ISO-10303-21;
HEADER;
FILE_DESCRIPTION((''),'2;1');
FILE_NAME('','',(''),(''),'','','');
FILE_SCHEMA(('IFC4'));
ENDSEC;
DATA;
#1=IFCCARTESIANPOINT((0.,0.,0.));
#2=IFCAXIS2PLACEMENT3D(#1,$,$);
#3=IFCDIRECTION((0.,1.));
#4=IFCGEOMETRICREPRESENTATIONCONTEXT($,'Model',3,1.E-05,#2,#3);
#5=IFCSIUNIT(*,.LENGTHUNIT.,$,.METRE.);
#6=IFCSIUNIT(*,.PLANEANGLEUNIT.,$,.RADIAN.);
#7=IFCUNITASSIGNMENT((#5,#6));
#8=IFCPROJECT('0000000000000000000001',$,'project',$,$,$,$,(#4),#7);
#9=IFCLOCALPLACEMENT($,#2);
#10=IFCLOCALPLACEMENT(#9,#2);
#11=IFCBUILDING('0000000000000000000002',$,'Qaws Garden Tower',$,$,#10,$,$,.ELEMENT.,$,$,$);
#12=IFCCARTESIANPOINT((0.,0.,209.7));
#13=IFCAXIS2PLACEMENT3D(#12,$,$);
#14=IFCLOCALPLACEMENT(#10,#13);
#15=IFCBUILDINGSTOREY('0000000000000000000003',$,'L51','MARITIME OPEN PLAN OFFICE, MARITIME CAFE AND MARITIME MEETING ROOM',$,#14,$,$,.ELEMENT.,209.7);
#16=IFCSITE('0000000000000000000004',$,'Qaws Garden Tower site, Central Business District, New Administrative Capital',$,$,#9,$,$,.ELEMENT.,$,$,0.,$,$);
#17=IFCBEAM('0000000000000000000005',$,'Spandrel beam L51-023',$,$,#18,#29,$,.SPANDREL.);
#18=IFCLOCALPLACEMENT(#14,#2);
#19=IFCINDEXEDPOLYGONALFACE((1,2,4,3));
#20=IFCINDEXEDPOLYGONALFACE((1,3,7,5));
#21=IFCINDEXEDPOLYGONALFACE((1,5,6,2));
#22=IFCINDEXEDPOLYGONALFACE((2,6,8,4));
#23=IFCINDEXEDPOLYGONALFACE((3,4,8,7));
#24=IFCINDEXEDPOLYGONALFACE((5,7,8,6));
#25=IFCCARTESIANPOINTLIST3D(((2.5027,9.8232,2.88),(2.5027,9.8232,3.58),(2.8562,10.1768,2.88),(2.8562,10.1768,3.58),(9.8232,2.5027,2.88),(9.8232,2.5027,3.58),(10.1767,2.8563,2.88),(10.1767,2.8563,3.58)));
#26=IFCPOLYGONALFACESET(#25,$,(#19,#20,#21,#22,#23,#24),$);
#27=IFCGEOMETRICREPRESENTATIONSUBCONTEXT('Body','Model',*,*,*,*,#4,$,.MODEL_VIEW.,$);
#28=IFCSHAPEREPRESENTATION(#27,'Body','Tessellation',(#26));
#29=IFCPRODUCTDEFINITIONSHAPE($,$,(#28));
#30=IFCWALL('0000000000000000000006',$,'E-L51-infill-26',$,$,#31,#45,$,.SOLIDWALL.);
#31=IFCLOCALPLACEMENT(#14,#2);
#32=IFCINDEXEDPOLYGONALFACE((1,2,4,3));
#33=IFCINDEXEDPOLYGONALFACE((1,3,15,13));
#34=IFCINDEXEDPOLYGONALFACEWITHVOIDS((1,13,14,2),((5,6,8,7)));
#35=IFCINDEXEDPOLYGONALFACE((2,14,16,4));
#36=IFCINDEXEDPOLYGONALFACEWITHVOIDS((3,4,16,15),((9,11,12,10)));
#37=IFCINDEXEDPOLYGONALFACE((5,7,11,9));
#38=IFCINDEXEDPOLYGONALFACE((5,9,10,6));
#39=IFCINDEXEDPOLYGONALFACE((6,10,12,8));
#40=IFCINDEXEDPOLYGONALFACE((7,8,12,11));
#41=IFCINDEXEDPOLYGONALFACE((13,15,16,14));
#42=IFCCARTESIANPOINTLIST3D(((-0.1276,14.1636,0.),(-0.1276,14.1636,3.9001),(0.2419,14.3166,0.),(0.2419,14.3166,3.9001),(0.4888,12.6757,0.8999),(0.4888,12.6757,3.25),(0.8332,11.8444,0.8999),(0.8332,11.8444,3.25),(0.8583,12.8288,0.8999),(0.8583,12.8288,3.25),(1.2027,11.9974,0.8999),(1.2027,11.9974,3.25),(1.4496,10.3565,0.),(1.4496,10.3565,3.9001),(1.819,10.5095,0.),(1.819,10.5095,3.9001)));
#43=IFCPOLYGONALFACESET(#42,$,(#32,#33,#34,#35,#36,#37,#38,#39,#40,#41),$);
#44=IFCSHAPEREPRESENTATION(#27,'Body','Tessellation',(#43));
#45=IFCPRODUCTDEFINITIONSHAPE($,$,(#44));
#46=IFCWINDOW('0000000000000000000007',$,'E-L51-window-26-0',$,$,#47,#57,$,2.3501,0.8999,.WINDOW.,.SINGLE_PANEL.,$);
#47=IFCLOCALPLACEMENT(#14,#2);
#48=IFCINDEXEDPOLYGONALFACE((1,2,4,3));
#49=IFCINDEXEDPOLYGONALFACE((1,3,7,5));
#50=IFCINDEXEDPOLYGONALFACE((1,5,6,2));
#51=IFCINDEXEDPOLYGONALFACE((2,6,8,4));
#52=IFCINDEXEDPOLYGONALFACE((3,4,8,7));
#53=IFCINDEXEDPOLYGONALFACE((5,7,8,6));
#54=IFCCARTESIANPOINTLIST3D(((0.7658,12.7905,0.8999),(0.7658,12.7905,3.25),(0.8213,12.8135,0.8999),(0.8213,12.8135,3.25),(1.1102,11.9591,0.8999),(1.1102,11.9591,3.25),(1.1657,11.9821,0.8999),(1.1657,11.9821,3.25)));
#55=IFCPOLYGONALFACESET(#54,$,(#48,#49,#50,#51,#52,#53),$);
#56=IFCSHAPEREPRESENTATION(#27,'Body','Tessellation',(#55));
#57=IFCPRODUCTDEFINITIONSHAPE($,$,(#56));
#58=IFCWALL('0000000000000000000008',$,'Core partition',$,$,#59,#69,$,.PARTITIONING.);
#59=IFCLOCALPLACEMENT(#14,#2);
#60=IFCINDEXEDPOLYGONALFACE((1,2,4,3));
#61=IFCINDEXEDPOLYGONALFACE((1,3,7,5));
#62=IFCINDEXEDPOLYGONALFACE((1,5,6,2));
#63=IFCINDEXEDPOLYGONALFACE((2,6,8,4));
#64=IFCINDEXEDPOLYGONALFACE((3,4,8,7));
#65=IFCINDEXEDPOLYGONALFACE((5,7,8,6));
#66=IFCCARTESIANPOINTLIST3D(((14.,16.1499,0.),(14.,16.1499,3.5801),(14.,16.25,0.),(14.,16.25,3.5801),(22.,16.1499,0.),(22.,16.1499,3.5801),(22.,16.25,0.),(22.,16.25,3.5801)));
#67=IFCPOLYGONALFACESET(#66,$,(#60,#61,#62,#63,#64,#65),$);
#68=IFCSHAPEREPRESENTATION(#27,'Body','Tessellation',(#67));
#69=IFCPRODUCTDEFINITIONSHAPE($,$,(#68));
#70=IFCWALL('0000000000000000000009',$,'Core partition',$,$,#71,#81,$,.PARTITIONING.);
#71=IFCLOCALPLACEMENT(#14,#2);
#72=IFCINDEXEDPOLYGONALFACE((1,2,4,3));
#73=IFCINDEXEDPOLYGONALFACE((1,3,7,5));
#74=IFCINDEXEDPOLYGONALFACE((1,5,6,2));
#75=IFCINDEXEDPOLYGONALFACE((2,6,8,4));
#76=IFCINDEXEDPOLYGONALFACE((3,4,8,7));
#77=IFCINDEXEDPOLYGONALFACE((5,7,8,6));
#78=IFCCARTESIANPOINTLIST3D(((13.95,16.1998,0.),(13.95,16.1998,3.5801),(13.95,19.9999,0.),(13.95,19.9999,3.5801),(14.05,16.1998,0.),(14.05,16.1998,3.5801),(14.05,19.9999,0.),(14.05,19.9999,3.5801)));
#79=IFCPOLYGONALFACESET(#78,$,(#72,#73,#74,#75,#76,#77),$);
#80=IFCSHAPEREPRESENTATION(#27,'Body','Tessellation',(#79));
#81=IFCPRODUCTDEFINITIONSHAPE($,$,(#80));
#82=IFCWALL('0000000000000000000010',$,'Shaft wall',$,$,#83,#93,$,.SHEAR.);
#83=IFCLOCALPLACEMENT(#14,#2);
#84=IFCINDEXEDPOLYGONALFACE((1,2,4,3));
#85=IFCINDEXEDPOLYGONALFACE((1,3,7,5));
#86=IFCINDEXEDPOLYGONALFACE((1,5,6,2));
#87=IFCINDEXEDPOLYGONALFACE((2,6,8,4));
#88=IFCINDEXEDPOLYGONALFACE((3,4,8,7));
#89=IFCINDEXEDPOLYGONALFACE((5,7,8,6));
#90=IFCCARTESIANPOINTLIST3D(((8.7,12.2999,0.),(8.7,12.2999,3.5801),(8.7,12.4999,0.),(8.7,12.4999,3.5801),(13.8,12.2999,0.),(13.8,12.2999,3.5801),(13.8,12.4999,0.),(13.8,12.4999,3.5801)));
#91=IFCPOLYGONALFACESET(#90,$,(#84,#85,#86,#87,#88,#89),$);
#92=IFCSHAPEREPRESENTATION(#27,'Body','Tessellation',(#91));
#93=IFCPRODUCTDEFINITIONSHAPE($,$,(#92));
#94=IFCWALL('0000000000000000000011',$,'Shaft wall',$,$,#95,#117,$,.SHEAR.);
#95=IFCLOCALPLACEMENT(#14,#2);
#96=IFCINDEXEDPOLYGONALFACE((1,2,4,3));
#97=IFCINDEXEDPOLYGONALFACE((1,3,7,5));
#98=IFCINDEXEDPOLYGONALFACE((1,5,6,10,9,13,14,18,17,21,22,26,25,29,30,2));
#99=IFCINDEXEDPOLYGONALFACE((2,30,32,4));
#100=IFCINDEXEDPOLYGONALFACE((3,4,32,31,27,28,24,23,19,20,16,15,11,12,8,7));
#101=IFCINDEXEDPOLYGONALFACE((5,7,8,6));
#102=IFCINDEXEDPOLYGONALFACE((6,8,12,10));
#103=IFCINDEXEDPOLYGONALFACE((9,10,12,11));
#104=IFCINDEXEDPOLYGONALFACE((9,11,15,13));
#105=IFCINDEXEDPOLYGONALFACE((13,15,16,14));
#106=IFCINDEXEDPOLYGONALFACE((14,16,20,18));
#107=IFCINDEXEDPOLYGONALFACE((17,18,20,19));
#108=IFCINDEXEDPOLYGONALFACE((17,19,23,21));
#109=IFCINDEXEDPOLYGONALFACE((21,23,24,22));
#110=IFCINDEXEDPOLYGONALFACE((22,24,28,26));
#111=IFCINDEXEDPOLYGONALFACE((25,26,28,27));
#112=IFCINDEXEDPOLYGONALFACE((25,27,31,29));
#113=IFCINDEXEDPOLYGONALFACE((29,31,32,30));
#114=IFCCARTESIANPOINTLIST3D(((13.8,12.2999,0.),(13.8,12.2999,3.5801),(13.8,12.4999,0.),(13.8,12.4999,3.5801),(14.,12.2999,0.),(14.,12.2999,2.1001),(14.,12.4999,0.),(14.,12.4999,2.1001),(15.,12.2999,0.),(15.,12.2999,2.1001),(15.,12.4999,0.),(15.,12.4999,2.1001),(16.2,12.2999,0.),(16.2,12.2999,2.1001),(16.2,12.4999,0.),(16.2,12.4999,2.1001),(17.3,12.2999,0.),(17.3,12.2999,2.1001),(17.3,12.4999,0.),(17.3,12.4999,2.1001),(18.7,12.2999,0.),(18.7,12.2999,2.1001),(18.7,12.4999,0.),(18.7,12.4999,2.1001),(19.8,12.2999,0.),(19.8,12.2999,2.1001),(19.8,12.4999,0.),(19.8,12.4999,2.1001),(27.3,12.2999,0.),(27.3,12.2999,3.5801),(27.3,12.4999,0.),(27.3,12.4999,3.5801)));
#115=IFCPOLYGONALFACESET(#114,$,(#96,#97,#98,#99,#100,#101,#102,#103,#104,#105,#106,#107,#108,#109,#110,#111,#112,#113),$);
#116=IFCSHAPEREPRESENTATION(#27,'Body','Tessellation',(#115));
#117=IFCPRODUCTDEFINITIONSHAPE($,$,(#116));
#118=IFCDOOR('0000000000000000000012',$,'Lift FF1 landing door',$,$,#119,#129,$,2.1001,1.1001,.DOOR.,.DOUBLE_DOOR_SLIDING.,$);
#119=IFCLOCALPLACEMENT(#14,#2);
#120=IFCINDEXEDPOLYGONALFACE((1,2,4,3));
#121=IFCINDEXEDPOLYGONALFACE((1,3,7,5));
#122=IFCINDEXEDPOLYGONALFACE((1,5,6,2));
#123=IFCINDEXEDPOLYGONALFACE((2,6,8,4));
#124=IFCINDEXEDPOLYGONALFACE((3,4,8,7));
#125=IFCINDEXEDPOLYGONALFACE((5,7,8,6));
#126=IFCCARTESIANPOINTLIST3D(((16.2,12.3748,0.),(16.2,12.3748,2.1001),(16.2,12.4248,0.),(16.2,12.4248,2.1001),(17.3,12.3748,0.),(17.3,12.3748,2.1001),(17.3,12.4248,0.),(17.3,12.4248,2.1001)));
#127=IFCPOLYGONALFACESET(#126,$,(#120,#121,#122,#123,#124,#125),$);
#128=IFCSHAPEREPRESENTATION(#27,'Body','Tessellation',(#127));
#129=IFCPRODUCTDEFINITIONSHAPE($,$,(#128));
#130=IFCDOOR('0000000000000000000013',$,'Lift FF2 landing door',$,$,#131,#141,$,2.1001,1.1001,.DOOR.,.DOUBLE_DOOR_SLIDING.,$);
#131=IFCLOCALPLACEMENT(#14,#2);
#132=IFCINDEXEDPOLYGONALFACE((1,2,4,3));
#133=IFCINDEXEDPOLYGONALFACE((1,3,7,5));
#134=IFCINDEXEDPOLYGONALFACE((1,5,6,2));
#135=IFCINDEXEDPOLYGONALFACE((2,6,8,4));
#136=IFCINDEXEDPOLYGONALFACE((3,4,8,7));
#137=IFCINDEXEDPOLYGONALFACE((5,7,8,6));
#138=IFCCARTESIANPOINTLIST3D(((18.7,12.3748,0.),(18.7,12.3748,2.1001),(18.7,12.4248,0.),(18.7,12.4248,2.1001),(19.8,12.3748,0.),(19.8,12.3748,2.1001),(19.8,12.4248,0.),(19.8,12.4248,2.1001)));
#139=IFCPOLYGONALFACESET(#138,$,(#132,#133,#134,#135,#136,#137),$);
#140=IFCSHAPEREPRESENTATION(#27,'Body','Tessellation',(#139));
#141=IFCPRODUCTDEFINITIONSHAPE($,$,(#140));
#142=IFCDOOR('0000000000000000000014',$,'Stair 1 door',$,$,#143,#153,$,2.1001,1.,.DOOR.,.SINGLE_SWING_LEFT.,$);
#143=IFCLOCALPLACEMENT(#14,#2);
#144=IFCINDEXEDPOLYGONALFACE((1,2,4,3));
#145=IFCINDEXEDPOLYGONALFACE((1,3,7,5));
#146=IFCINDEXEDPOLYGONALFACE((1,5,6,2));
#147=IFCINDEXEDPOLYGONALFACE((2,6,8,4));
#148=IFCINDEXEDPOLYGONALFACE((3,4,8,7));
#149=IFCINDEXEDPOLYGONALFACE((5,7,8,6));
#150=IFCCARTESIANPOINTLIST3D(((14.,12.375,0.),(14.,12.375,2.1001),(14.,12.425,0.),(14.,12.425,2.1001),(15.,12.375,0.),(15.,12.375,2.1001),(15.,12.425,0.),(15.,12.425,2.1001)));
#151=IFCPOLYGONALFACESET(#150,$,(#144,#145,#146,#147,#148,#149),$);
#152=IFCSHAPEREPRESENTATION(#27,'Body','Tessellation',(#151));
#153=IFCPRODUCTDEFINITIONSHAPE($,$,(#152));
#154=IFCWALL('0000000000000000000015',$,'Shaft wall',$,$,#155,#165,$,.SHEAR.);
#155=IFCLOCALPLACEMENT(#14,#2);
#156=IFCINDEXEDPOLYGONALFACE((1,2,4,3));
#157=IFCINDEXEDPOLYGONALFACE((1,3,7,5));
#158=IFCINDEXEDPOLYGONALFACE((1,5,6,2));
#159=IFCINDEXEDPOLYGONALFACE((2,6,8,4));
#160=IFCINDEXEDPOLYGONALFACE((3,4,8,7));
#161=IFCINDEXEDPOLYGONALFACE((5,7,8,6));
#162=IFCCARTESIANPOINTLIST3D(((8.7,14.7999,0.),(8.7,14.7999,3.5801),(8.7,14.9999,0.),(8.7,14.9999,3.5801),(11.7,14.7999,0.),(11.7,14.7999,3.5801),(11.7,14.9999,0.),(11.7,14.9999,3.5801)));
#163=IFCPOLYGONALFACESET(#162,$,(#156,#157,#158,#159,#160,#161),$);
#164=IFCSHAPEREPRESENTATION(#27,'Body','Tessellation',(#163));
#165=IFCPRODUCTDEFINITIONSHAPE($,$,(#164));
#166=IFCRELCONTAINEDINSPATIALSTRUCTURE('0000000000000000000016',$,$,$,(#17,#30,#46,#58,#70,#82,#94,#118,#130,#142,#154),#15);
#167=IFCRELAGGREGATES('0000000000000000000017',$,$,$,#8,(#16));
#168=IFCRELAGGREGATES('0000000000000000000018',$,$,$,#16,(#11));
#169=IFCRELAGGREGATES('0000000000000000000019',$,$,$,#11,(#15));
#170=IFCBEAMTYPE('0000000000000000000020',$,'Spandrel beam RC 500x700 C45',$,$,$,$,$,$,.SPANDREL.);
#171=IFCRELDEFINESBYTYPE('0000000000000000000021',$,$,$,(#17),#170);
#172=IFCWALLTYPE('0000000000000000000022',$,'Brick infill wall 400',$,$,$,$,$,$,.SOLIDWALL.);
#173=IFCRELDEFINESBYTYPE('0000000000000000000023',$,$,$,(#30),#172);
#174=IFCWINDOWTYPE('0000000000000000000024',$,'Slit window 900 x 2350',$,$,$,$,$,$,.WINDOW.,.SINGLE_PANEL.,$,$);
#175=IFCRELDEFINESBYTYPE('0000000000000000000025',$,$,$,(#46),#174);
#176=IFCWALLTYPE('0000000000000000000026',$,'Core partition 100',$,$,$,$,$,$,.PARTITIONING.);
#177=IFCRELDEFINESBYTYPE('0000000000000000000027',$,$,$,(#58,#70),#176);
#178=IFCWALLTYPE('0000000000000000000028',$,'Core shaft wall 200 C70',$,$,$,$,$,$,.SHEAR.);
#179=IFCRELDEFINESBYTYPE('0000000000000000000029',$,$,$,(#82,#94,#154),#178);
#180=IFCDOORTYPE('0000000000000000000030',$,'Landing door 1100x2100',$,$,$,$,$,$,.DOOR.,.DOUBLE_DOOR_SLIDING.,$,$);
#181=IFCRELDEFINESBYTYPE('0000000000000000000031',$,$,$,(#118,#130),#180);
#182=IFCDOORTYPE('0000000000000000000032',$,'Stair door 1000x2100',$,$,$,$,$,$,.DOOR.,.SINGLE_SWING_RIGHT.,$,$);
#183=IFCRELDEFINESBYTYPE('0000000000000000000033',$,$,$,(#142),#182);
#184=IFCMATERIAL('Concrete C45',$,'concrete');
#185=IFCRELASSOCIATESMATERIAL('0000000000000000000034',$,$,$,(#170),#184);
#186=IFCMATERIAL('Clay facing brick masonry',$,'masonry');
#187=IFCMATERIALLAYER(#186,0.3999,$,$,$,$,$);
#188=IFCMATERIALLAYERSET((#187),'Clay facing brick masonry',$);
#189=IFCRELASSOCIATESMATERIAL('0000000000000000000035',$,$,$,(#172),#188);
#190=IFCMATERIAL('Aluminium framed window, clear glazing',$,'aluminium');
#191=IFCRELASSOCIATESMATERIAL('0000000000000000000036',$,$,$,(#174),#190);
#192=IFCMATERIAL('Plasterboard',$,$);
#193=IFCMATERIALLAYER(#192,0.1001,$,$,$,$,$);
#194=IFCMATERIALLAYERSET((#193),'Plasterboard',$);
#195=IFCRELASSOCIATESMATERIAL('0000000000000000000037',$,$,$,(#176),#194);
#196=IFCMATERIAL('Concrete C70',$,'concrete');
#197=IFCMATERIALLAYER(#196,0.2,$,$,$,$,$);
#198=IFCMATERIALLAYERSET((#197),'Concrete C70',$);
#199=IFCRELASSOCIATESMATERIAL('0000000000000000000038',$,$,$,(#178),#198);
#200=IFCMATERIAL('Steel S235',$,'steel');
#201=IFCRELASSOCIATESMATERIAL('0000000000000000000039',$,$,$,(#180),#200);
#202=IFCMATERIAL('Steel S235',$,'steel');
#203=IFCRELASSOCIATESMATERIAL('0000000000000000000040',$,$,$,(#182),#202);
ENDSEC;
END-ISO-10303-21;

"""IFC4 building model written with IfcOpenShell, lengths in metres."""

from ifc_helpers import new_model, si_unit, direction, frame, frame_2d, origin, origin_2d, place, context, subcontext, project, spatial, rectangle, extrude, material, layer, layer_set, material_profile, profile_set, type_object, element, fill, save


model = new_model("IFC4")

# Units and contexts
model_context = context("Model", 3, precision=1e-05, world=origin(), true_north=direction((0.0, 1.0)))
body_context = subcontext(model_context, "Body", "Model", "MODEL_VIEW")
ifc_project = project(units=[si_unit("LENGTHUNIT", "METRE"), si_unit("PLANEANGLEUNIT", "RADIAN")], contexts=[model_context])

# Site, building, storey
site_placement = place(None, origin())
site = spatial("IfcSite", under=ifc_project, at=site_placement, Name="Qaws Garden Tower site, Central Business District, New Administrative Capital", CompositionType="ELEMENT", RefElevation=0.0)
building_placement = place(site_placement, origin())
building = spatial("IfcBuilding", under=site, at=building_placement, Name="Qaws Garden Tower", CompositionType="ELEMENT")
storey_placement = place(building_placement, frame((0.0, 0.0, 209.7)))
storey = spatial("IfcBuildingStorey", under=building, at=storey_placement, Name="L51", Description="MARITIME OPEN PLAN OFFICE, MARITIME CAFE AND MARITIME MEETING ROOM", CompositionType="ELEMENT", Elevation=209.7)

# Beam
ifc_material_1 = material(Name="Concrete C45", Category="concrete")
ifc_material_profile = material_profile(ifc_material_1, rectangle(XDim=0.5, YDim=0.7, at=origin_2d()), Name="RC 500x700")
ifc_profile_set = profile_set([ifc_material_profile], Name="Concrete C45")
beam_type = type_object("IfcBeamType", Name="Spandrel beam RC 500x700 C45", PredefinedType="SPANDREL", material=ifc_profile_set)
beam_placement = place(storey_placement, frame((2.6794, 10.0, 3.23), z_axis=(0.707107, -0.707107, 0.0), x_axis=(0.707107, 0.707107, 0.0)))
element("IfcBeam", 1, at=beam_placement, inside=storey, type_object=beam_type, Name="Spandrel beam L51-023", PredefinedType="SPANDREL", context=body_context, shape_type="SweptSolid", body=[
    extrude(rectangle(XDim=0.5, YDim=0.7, at=origin_2d()), origin(), (0.0, 0.0, 1.0), 10.3528),
])

# Wall, opening, window
ifc_material_2 = material(Name="Clay facing brick masonry", Category="masonry")
ifc_layer_1 = layer(ifc_material_2, 0.3999)
ifc_layer_set_1 = layer_set([ifc_layer_1], Name="Clay facing brick masonry")
wall_type_1 = type_object("IfcWallType", Name="Brick infill wall 400", PredefinedType="SOLIDWALL", material=ifc_layer_set_1)
wall_1_placement = place(storey_placement, frame((0.0571, 14.2402, 0.0), z_axis=(0.0, 0.0, 1.0), x_axis=(0.382722, -0.923864, 0.0)))
wall_1 = element("IfcWall", 2, at=wall_1_placement, inside=storey, type_object=wall_type_1, Name="E-L51-infill-26", PredefinedType="SOLIDWALL", context=body_context, shape_type="SweptSolid", body=[
    extrude(rectangle(XDim=4.1208, YDim=0.3999, at=frame_2d((2.0605, 0.0))), origin(), (0.0, 0.0, 1.0), 3.9001),
])
opening_1_placement = place(wall_1_placement, frame((1.6106, 0.0, 0.8999)))
opening_1 = element("IfcOpeningElement", 3, at=opening_1_placement, cuts=wall_1, PredefinedType="OPENING", context=body_context, shape_type="SweptSolid", body=[
    extrude(rectangle(XDim=0.8999, YDim=2.3501, at=frame_2d((0.45, 1.175))), frame((0.0, 0.21, 0.0), z_axis=(0.0, -1.0, 0.0), x_axis=(1.0, 0.0, 0.0)), (0.0, 0.0, 1.0), 0.4199),
])
ifc_material_3 = material(Name="Aluminium framed window, clear glazing", Category="aluminium")
window_type = type_object("IfcWindowType", Name="Slit window 900 x 2350", PartitioningType="SINGLE_PANEL", PredefinedType="WINDOW", material=ifc_material_3)
window_placement = place(opening_1_placement, origin())
window = element("IfcWindow", 4, at=window_placement, inside=storey, type_object=window_type, Name="E-L51-window-26-0", OverallHeight=2.3501, OverallWidth=0.8999, PartitioningType="SINGLE_PANEL", PredefinedType="WINDOW", context=body_context, shape_type="SweptSolid", body=[
    extrude(rectangle(XDim=0.8999, YDim=2.3501, at=frame_2d((0.45, 1.175))), frame((0.0, 0.1599, 0.0), z_axis=(0.0, -1.0, 0.0), x_axis=(1.0, 0.0, 0.0)), (0.0, 0.0, 1.0), 0.0601),
])
fill(opening_1, window)

# Walls
ifc_material_4 = material(Name="Plasterboard")
ifc_layer_2 = layer(ifc_material_4, 0.1001)
ifc_layer_set_2 = layer_set([ifc_layer_2], Name="Plasterboard")
wall_type_2 = type_object("IfcWallType", Name="Core partition 100", PredefinedType="PARTITIONING", material=ifc_layer_set_2)
wall_2_placement = place(storey_placement, frame((14.0, 16.2, 0.0), z_axis=(0.0, 0.0, 1.0), x_axis=(1.0, 0.0, 0.0)))
element("IfcWall", 5, at=wall_2_placement, inside=storey, type_object=wall_type_2, Name="Core partition", PredefinedType="PARTITIONING", context=body_context, shape_type="SweptSolid", body=[
    extrude(rectangle(XDim=8.0, YDim=0.1001, at=frame_2d((4.0, 0.0))), origin(), (0.0, 0.0, 1.0), 3.5801),
])
wall_3_placement = place(storey_placement, frame((14.0, 16.2, 0.0), z_axis=(0.0, 0.0, 1.0), x_axis=(0.0, 1.0, 0.0)))
element("IfcWall", 6, at=wall_3_placement, inside=storey, type_object=wall_type_2, Name="Core partition", PredefinedType="PARTITIONING", context=body_context, shape_type="SweptSolid", body=[
    extrude(rectangle(XDim=3.8, YDim=0.1001, at=frame_2d((1.8999, 0.0))), origin(), (0.0, 0.0, 1.0), 3.5801),
])
ifc_material_5 = material(Name="Concrete C70", Category="concrete")
ifc_layer_3 = layer(ifc_material_5, 0.2)
ifc_layer_set_3 = layer_set([ifc_layer_3], Name="Concrete C70")
wall_type_3 = type_object("IfcWallType", Name="Core shaft wall 200 C70", PredefinedType="SHEAR", material=ifc_layer_set_3)
wall_4_placement = place(storey_placement, frame((8.7, 12.3999, 0.0), z_axis=(0.0, 0.0, 1.0), x_axis=(1.0, 0.0, 0.0)))
element("IfcWall", 7, at=wall_4_placement, inside=storey, type_object=wall_type_3, Name="Shaft wall", PredefinedType="SHEAR", context=body_context, shape_type="SweptSolid", body=[
    extrude(rectangle(XDim=5.1001, YDim=0.2, at=frame_2d((2.55, 0.0))), origin(), (0.0, 0.0, 1.0), 3.5801),
])

# Wall, openings, doors
wall_5_placement = place(storey_placement, frame((13.8, 12.3999, 0.0), z_axis=(0.0, 0.0, 1.0), x_axis=(1.0, 0.0, 0.0)))
wall_5 = element("IfcWall", 8, at=wall_5_placement, inside=storey, type_object=wall_type_3, Name="Shaft wall", PredefinedType="SHEAR", context=body_context, shape_type="SweptSolid", body=[
    extrude(rectangle(XDim=13.5, YDim=0.2, at=frame_2d((6.75, 0.0))), origin(), (0.0, 0.0, 1.0), 3.5801),
])
opening_2_placement = place(wall_5_placement, frame((2.3999, 0.0, 0.0)))
opening_2 = element("IfcOpeningElement", 9, at=opening_2_placement, cuts=wall_5, PredefinedType="OPENING", context=body_context, shape_type="SweptSolid", body=[
    extrude(rectangle(XDim=1.1001, YDim=2.1001, at=frame_2d((0.55, 1.05))), frame((0.0, 0.1099, 0.0), z_axis=(0.0, -1.0, 0.0), x_axis=(1.0, 0.0, 0.0)), (0.0, 0.0, 1.0), 0.22),
])
opening_3_placement = place(wall_5_placement, frame((4.8999, 0.0, 0.0)))
opening_3 = element("IfcOpeningElement", 10, at=opening_3_placement, cuts=wall_5, PredefinedType="OPENING", context=body_context, shape_type="SweptSolid", body=[
    extrude(rectangle(XDim=1.1001, YDim=2.1001, at=frame_2d((0.55, 1.05))), frame((0.0, 0.1099, 0.0), z_axis=(0.0, -1.0, 0.0), x_axis=(1.0, 0.0, 0.0)), (0.0, 0.0, 1.0), 0.22),
])
opening_4_placement = place(wall_5_placement, frame((0.2, 0.0, 0.0)))
opening_4 = element("IfcOpeningElement", 11, at=opening_4_placement, cuts=wall_5, PredefinedType="OPENING", context=body_context, shape_type="SweptSolid", body=[
    extrude(rectangle(XDim=1.0, YDim=2.1001, at=frame_2d((0.5, 1.05))), frame((0.0, 0.1099, 0.0), z_axis=(0.0, -1.0, 0.0), x_axis=(1.0, 0.0, 0.0)), (0.0, 0.0, 1.0), 0.22),
])
ifc_material_6 = material(Name="Steel S235", Category="steel")
door_type_1 = type_object("IfcDoorType", Name="Landing door 1100x2100", OperationType="DOUBLE_DOOR_SLIDING", PredefinedType="DOOR", material=ifc_material_6)
door_1_placement = place(opening_2_placement, origin())
door_1 = element("IfcDoor", 12, at=door_1_placement, inside=storey, type_object=door_type_1, Name="Lift FF1 landing door", OperationType="DOUBLE_DOOR_SLIDING", OverallHeight=2.1001, OverallWidth=1.1001, PredefinedType="DOOR", context=body_context, shape_type="SweptSolid", body=[
    extrude(rectangle(XDim=1.1001, YDim=2.1001, at=frame_2d((0.55, 1.05))), frame((0.0, 0.0249, 0.0), z_axis=(0.0, -1.0, 0.0), x_axis=(1.0, 0.0, 0.0)), (0.0, 0.0, 1.0), 0.05),
])
fill(opening_2, door_1)
door_2_placement = place(opening_3_placement, origin())
door_2 = element("IfcDoor", 13, at=door_2_placement, inside=storey, type_object=door_type_1, Name="Lift FF2 landing door", OperationType="DOUBLE_DOOR_SLIDING", OverallHeight=2.1001, OverallWidth=1.1001, PredefinedType="DOOR", context=body_context, shape_type="SweptSolid", body=[
    extrude(rectangle(XDim=1.1001, YDim=2.1001, at=frame_2d((0.55, 1.05))), frame((0.0, 0.0249, 0.0), z_axis=(0.0, -1.0, 0.0), x_axis=(1.0, 0.0, 0.0)), (0.0, 0.0, 1.0), 0.05),
])
fill(opening_3, door_2)
ifc_material_7 = material(Name="Steel S235", Category="steel")
door_type_2 = type_object("IfcDoorType", Name="Stair door 1000x2100", OperationType="SINGLE_SWING_RIGHT", PredefinedType="DOOR", material=ifc_material_7)
door_3_placement = place(opening_4_placement, frame((1.0, 0.0, 0.0), z_axis=(0.0, 0.0, 1.0), x_axis=(-1.0, 0.0, 0.0)))
door_3 = element("IfcDoor", 14, at=door_3_placement, inside=storey, type_object=door_type_2, Name="Stair 1 door", OperationType="SINGLE_SWING_LEFT", OverallHeight=2.1001, OverallWidth=1.0, PredefinedType="DOOR", context=body_context, shape_type="SweptSolid", body=[
    extrude(rectangle(XDim=1.0, YDim=2.1001, at=frame_2d((0.5, 1.05))), frame((0.0, 0.0249, 0.0), z_axis=(0.0, -1.0, 0.0), x_axis=(1.0, 0.0, 0.0)), (0.0, 0.0, 1.0), 0.05),
])
fill(opening_4, door_3)

# Wall
wall_6_placement = place(storey_placement, frame((8.7, 14.8999, 0.0), z_axis=(0.0, 0.0, 1.0), x_axis=(1.0, 0.0, 0.0)))
element("IfcWall", 15, at=wall_6_placement, inside=storey, type_object=wall_type_3, Name="Shaft wall", PredefinedType="SHEAR", context=body_context, shape_type="SweptSolid", body=[
    extrude(rectangle(XDim=3.0, YDim=0.2, at=frame_2d((1.5, 0.0))), origin(), (0.0, 0.0, 1.0), 3.5801),
])

save(model, "model.ifc")
